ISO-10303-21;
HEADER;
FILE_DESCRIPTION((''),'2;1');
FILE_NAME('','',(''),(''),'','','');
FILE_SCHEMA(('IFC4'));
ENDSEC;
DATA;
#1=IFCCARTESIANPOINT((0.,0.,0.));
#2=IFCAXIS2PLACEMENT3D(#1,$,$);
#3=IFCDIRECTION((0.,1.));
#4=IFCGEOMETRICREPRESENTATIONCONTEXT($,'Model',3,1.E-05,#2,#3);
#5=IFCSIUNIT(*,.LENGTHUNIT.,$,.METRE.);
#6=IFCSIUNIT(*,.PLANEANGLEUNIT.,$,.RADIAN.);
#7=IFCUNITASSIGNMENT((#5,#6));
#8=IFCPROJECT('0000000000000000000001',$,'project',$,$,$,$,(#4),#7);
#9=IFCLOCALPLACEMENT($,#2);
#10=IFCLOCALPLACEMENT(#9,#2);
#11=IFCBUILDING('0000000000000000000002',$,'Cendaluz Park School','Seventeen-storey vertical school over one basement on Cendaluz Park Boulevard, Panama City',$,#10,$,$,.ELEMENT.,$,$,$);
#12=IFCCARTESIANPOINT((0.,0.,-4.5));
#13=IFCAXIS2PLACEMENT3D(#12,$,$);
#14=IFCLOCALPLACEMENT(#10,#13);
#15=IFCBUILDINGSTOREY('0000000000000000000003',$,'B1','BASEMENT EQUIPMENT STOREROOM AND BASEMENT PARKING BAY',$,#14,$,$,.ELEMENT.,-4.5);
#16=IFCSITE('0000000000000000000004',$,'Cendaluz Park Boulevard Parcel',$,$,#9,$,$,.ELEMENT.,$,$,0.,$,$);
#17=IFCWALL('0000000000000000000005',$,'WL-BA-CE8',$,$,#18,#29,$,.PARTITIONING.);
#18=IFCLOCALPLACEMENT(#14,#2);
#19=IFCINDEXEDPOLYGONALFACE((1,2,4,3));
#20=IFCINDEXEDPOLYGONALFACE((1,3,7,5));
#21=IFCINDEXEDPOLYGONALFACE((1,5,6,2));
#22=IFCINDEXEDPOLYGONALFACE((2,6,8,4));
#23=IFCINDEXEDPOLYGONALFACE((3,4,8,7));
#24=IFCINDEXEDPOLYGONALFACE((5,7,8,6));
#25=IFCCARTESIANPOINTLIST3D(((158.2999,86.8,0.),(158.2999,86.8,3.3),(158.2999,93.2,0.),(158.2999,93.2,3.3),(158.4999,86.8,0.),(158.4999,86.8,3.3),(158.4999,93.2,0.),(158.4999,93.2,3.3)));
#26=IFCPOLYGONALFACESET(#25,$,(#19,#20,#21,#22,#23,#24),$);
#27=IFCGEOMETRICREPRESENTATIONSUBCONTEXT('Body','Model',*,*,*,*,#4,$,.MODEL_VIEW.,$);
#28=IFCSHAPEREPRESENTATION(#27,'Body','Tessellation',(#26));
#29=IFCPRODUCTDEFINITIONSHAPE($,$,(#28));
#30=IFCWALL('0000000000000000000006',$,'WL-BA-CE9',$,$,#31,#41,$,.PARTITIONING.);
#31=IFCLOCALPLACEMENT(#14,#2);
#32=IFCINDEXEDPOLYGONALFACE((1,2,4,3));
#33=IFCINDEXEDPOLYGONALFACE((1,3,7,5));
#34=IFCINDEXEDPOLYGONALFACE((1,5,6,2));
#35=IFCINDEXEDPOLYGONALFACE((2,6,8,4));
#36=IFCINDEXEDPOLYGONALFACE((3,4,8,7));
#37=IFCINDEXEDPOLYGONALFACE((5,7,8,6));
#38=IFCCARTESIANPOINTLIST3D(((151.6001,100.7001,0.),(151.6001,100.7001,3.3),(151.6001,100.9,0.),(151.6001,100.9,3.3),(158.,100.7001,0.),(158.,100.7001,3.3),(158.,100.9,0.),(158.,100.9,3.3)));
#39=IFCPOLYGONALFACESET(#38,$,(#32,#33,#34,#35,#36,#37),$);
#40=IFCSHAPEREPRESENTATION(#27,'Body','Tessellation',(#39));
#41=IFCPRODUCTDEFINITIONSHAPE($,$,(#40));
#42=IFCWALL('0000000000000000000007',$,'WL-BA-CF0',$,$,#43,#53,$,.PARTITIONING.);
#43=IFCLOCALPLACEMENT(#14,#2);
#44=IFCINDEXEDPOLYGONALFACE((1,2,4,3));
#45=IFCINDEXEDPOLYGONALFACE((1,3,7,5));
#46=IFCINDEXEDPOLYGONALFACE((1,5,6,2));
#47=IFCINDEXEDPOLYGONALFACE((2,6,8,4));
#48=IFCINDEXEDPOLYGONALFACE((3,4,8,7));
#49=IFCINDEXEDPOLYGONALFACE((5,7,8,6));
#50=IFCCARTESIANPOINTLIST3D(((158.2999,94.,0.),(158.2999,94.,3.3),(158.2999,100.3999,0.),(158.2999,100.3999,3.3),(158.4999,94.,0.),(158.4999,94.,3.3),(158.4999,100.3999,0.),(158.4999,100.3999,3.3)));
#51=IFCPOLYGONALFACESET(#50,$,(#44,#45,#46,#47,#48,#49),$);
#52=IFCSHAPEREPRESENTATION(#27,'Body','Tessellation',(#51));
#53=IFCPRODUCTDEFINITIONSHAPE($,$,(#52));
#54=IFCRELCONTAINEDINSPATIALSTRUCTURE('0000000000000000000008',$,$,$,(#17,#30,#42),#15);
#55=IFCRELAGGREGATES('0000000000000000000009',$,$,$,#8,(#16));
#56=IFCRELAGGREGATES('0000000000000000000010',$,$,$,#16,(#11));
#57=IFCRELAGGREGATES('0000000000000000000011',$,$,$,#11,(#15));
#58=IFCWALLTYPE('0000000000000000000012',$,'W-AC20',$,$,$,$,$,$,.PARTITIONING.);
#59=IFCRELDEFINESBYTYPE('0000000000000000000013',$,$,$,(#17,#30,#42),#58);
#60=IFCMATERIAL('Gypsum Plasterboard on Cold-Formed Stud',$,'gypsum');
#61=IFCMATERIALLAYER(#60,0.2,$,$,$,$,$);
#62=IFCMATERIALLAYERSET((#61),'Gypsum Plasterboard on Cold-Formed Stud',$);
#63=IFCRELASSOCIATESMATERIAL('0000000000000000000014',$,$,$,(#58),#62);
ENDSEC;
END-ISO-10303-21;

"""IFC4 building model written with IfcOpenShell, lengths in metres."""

from ifc_helpers import new_model, si_unit, direction, frame, frame_2d, origin, place, context, subcontext, project, spatial, rectangle, extrude, material, layer, layer_set, type_object, element, save


model = new_model("IFC4")

# Units and contexts
model_context = context("Model", 3, precision=1e-05, world=origin(), true_north=direction((0.0, 1.0)))
body_context = subcontext(model_context, "Body", "Model", "MODEL_VIEW")
ifc_project = project(units=[si_unit("LENGTHUNIT", "METRE"), si_unit("PLANEANGLEUNIT", "RADIAN")], contexts=[model_context])

# Site, building, storey
site_placement = place(None, origin())
site = spatial("IfcSite", under=ifc_project, at=site_placement, Name="Cendaluz Park Boulevard Parcel", CompositionType="ELEMENT", RefElevation=0.0)
building_placement = place(site_placement, origin())
building = spatial("IfcBuilding", under=site, at=building_placement, Name="Cendaluz Park School", Description="Seventeen-storey vertical school over one basement on Cendaluz Park Boulevard, Panama City", CompositionType="ELEMENT")
storey_placement = place(building_placement, frame((0.0, 0.0, -4.5)))
storey = spatial("IfcBuildingStorey", under=building, at=storey_placement, Name="B1", Description="BASEMENT EQUIPMENT STOREROOM AND BASEMENT PARKING BAY", CompositionType="ELEMENT", Elevation=-4.5)

# Walls
ifc_material_1 = material(Name="Gypsum Plasterboard on Cold-Formed Stud", Category="gypsum")
ifc_layer = layer(ifc_material_1, 0.2)
ifc_layer_set = layer_set([ifc_layer], Name="Gypsum Plasterboard on Cold-Formed Stud")
wall_type = type_object("IfcWallType", Name="W-AC20", PredefinedType="PARTITIONING", material=ifc_layer_set)
for number, where, z_axis, x_axis, name in (
    (1, (158.3999, 86.8, 0.0), (0.0, 0.0, 1.0), (0.0, 1.0, 0.0), "WL-BA-CE8"),
    (2, (151.6001, 100.8, 0.0), (0.0, 0.0, 1.0), (1.0, 0.0, 0.0), "WL-BA-CE9"),
    (3, (158.3999, 94.0, 0.0), (0.0, 0.0, 1.0), (0.0, 1.0, 0.0), "WL-BA-CF0"),
):
    element("IfcWall", number, at=place(storey_placement, frame(where, z_axis=z_axis, x_axis=x_axis)), inside=storey, type_object=wall_type, Name=name, PredefinedType="PARTITIONING", context=body_context, shape_type="SweptSolid", body=[
        extrude(rectangle(XDim=6.3999, YDim=0.2, at=frame_2d((3.2, 0.0))), origin(), (0.0, 0.0, 1.0), 3.3),
    ])

save(model, "model.ifc")
